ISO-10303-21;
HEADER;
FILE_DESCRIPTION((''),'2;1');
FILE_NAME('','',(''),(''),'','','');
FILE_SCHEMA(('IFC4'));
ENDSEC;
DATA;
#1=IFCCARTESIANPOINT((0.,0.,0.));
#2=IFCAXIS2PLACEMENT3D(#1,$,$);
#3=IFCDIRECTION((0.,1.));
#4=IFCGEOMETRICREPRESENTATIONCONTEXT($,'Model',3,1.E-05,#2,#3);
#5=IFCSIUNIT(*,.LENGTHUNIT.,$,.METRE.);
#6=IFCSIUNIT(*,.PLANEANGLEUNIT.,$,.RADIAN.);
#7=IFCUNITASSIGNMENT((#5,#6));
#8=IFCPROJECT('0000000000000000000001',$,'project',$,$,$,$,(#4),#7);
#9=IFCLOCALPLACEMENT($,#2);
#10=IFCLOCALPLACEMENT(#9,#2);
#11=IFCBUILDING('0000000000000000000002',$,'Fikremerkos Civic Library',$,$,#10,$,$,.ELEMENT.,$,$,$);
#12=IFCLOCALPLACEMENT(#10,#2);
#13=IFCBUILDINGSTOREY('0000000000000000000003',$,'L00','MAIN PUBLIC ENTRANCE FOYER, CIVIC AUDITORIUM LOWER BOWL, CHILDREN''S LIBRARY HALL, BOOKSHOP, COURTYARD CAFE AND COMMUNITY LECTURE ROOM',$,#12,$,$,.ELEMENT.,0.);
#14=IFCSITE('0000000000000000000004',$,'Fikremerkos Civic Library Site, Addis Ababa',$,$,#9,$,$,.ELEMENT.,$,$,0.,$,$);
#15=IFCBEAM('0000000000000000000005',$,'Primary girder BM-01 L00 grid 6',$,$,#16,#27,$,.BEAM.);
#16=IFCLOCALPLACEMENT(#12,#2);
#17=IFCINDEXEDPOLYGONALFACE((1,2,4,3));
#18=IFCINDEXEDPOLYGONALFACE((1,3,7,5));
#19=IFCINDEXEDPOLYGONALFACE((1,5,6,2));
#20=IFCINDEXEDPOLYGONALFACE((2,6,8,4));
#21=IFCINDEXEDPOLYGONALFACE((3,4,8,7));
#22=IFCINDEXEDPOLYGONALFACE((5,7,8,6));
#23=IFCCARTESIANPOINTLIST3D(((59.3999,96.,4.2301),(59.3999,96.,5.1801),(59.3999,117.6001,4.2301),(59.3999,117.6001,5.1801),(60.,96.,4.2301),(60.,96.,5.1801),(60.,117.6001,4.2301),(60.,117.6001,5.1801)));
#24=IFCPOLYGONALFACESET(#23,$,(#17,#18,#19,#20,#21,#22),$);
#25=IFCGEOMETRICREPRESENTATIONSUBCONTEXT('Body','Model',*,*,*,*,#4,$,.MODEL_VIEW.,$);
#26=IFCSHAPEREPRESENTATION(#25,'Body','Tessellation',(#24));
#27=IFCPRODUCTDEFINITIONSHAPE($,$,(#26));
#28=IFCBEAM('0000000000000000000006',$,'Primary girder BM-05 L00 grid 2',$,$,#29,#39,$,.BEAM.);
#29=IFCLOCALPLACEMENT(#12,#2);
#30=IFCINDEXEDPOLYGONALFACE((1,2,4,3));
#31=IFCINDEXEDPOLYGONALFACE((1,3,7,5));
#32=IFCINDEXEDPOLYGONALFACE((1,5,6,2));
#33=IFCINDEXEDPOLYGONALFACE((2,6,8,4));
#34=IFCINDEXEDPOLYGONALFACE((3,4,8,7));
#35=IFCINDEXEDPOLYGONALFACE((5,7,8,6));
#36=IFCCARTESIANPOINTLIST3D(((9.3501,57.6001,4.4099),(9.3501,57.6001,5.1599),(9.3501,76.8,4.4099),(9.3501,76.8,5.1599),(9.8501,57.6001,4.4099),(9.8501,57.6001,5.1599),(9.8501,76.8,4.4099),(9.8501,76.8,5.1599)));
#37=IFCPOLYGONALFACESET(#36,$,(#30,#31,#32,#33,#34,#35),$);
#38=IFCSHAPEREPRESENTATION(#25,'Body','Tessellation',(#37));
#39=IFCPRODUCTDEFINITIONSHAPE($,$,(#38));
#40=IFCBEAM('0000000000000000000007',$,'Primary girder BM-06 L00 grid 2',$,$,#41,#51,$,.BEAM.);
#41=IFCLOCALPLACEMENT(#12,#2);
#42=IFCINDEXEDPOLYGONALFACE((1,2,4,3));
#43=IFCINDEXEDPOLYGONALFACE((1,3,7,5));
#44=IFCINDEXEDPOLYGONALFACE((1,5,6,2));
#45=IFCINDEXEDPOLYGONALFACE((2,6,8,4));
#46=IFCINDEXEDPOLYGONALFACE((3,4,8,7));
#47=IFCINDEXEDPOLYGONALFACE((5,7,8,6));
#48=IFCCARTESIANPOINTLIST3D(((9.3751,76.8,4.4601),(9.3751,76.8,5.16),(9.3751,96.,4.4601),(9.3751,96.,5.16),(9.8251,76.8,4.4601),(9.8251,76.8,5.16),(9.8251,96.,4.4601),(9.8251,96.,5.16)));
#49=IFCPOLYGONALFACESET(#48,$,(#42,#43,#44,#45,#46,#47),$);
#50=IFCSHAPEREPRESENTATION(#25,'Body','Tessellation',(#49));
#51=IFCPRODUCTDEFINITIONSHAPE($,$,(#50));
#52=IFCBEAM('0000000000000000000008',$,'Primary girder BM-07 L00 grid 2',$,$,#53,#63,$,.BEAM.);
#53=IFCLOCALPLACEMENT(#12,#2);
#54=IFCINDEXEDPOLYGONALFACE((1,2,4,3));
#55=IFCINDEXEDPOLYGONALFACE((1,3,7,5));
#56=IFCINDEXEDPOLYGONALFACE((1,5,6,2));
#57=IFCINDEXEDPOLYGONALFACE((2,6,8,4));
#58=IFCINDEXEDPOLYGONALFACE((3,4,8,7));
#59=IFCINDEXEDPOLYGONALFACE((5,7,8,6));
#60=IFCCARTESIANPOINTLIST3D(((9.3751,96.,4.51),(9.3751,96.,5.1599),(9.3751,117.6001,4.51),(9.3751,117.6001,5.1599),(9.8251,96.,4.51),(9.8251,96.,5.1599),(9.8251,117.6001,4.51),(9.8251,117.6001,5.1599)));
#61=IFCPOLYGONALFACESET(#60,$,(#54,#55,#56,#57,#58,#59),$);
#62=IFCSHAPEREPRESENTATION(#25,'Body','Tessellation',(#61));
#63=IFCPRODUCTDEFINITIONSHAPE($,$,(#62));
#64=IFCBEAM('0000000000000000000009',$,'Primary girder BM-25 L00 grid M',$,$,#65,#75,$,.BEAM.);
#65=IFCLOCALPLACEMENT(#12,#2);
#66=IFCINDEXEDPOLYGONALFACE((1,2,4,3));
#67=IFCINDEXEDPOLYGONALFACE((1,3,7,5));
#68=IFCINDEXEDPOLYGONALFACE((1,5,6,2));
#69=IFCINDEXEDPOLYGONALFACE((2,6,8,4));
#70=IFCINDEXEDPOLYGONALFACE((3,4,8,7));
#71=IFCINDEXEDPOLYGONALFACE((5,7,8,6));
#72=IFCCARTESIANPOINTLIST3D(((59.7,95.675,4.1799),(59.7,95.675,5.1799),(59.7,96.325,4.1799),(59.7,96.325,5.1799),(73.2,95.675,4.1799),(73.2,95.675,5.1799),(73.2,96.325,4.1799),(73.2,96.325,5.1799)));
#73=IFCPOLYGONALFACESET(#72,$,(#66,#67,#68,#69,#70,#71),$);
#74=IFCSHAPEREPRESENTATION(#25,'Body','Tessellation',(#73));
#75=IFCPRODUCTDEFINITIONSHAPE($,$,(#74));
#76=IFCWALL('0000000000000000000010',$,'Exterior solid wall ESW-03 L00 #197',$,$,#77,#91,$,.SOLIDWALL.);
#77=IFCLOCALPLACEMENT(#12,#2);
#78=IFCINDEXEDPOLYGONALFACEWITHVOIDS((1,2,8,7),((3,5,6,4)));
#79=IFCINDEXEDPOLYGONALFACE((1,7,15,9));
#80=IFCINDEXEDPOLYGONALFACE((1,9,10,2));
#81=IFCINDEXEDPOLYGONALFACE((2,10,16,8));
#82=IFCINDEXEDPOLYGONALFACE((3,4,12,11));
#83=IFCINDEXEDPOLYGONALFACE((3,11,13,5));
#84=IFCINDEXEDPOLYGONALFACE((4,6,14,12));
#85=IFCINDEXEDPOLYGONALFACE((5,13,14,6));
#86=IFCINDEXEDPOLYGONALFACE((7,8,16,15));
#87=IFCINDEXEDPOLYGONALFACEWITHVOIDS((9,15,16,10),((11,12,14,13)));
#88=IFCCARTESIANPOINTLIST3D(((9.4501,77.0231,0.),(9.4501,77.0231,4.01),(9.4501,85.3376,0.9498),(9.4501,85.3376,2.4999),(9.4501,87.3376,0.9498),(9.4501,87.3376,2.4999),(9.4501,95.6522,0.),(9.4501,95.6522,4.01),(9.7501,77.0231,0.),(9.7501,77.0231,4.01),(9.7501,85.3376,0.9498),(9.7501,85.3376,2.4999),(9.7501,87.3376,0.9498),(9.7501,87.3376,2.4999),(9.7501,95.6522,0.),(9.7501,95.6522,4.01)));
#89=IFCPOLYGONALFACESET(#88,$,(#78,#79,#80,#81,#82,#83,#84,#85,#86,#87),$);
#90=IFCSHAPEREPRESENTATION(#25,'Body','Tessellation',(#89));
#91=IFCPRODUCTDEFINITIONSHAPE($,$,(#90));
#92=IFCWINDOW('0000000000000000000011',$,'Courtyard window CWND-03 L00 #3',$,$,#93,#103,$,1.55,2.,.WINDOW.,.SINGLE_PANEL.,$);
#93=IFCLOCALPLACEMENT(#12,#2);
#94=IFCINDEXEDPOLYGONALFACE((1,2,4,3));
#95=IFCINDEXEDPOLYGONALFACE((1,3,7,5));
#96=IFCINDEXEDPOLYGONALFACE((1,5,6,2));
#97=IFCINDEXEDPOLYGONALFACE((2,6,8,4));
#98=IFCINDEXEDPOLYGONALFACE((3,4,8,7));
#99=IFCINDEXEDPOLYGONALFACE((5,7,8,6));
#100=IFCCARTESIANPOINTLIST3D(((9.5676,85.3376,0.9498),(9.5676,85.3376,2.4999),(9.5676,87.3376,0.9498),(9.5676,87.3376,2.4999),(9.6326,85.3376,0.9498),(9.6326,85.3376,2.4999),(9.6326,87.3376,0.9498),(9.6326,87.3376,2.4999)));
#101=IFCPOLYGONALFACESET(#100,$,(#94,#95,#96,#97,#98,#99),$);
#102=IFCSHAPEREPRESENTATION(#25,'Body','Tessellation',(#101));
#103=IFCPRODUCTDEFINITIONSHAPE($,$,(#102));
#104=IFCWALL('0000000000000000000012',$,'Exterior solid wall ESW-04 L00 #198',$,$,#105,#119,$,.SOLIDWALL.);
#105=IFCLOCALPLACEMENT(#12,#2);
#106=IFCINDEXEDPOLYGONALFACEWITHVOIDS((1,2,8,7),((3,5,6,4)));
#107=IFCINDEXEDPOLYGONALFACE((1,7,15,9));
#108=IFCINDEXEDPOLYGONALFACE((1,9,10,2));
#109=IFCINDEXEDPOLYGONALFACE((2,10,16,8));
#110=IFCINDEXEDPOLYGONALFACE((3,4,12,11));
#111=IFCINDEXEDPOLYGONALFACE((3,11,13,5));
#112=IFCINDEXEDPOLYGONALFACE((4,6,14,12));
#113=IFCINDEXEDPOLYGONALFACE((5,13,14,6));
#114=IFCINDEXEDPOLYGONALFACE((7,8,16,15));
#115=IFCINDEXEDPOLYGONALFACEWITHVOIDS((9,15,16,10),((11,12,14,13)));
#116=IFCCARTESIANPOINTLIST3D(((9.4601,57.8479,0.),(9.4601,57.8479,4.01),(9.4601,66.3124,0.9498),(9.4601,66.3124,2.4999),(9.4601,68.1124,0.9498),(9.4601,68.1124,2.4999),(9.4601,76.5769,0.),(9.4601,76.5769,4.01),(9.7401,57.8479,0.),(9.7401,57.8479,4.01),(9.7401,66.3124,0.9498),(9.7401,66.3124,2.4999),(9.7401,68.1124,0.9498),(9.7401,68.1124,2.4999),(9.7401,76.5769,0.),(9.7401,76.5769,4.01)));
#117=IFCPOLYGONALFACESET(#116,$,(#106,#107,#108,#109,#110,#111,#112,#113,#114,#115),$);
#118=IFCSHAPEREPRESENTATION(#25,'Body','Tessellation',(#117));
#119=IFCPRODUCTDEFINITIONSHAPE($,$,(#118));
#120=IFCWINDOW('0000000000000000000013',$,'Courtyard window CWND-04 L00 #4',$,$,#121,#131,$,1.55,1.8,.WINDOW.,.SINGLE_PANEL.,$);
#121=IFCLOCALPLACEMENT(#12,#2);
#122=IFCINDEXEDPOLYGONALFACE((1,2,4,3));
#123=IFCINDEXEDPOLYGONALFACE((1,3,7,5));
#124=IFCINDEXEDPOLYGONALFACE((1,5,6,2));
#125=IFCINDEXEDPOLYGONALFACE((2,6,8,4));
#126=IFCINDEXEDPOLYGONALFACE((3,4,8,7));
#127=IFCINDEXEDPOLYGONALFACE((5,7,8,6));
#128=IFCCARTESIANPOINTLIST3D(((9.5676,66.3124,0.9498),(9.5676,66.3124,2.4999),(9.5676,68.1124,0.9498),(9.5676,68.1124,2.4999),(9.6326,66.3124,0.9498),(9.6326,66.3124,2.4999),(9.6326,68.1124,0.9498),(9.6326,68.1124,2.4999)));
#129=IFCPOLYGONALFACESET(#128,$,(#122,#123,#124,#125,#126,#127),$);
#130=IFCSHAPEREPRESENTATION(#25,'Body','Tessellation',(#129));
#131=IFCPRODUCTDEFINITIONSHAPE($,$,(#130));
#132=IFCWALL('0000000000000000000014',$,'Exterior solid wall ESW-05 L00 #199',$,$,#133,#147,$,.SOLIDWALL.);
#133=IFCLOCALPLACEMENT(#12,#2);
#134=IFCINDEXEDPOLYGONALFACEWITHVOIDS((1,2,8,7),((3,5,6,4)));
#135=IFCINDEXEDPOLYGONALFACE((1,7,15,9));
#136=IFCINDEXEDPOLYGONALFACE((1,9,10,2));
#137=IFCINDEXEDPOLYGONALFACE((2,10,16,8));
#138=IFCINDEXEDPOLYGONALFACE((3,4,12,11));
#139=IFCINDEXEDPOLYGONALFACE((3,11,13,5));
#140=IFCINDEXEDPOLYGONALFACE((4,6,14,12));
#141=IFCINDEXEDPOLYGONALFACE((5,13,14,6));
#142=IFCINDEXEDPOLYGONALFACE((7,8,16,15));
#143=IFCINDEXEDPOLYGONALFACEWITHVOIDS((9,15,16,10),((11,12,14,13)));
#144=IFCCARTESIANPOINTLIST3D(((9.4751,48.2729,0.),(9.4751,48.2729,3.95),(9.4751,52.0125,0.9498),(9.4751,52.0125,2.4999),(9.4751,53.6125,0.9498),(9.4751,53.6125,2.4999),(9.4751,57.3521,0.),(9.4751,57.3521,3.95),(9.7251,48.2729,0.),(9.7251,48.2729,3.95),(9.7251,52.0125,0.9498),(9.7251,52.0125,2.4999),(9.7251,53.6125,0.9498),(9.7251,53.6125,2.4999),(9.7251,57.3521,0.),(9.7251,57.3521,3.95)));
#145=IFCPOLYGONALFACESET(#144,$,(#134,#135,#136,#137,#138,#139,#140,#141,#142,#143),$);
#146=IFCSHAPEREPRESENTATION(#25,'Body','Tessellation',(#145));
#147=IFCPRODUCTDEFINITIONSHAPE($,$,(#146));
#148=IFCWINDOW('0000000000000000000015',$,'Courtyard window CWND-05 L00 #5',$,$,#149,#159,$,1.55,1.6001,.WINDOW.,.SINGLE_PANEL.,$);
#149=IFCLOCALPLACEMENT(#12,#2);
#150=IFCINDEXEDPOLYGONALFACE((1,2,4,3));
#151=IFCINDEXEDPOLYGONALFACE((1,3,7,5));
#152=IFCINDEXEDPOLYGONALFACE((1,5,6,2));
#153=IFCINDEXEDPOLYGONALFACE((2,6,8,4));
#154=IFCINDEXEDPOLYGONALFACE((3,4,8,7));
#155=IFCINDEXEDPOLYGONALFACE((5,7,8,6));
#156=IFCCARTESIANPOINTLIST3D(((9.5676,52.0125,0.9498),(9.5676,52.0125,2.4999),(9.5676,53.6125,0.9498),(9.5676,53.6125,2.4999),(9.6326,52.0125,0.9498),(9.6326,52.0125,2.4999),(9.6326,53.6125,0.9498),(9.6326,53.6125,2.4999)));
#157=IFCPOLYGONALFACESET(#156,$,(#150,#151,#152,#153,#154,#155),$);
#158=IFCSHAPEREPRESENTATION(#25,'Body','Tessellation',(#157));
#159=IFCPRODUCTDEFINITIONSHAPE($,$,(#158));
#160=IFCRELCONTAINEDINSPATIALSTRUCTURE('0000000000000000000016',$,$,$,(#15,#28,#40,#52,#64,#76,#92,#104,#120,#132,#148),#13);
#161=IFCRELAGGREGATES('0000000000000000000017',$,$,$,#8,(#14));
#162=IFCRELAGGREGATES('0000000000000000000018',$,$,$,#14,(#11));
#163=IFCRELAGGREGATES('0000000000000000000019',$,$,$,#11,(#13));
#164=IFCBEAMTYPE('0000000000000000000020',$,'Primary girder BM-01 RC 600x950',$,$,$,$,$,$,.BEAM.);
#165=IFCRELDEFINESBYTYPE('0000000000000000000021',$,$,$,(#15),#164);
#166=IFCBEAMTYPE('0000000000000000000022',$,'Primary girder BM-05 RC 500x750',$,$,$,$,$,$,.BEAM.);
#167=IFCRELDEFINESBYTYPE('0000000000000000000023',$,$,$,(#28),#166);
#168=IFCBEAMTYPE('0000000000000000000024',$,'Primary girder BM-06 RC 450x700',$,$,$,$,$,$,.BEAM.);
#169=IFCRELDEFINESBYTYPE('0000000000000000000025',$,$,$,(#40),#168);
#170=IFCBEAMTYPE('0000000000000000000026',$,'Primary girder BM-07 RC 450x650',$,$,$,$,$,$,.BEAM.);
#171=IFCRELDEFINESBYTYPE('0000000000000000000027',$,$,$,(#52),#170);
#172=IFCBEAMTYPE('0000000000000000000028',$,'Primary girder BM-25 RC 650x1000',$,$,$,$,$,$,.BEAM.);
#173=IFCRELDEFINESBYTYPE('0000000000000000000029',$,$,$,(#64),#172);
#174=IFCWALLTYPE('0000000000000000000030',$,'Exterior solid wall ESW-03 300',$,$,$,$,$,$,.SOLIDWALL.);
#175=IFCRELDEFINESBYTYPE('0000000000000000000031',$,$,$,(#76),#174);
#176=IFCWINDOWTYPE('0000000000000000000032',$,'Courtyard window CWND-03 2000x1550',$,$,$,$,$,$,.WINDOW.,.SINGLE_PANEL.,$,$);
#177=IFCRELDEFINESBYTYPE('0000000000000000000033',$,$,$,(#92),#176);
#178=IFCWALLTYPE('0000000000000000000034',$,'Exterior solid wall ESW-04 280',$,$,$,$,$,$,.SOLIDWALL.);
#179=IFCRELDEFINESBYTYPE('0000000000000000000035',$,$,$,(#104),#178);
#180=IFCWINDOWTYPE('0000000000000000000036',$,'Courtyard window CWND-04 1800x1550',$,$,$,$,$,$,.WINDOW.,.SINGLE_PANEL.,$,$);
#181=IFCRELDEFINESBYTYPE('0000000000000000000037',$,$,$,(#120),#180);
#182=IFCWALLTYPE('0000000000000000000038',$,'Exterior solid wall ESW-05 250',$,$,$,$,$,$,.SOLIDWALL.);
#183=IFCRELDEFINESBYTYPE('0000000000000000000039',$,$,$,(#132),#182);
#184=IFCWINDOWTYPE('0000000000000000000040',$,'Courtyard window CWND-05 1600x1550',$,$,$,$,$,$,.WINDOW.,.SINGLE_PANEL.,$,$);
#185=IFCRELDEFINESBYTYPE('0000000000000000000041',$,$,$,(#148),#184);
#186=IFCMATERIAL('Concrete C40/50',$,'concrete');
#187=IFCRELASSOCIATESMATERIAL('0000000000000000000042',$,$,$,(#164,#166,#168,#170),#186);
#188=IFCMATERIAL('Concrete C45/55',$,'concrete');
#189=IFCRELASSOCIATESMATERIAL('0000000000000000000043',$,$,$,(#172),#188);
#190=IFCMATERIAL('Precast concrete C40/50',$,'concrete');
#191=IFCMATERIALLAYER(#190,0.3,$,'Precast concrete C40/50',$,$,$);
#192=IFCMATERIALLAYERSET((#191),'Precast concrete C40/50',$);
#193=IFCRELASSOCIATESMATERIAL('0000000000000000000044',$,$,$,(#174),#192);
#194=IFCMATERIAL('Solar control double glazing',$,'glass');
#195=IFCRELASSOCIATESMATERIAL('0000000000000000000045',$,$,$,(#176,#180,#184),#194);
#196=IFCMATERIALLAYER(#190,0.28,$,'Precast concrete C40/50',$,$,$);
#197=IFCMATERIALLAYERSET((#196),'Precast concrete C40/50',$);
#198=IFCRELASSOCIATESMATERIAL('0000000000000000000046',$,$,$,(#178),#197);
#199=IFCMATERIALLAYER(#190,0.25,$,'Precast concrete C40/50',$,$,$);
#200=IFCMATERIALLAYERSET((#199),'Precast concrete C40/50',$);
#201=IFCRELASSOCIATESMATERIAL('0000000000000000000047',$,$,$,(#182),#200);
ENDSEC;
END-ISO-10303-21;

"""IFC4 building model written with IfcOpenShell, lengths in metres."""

from ifc_helpers import new_model, si_unit, direction, frame, frame_2d, origin, origin_2d, place, context, subcontext, project, spatial, rectangle, extrude, material, layer, layer_set, material_profile, profile_set, type_object, element, fill, save


model = new_model("IFC4")

# Units and contexts
model_context = context("Model", 3, precision=1e-05, world=origin(), true_north=direction((0.0, 1.0)))
body_context = subcontext(model_context, "Body", "Model", "MODEL_VIEW")
ifc_project = project(units=[si_unit("LENGTHUNIT", "METRE"), si_unit("PLANEANGLEUNIT", "RADIAN")], contexts=[model_context])

# Site, building, storey
site_placement = place(None, origin())
site = spatial("IfcSite", under=ifc_project, at=site_placement, Name="Fikremerkos Civic Library Site, Addis Ababa", CompositionType="ELEMENT", RefElevation=0.0)
building_placement = place(site_placement, origin())
building = spatial("IfcBuilding", under=site, at=building_placement, Name="Fikremerkos Civic Library", CompositionType="ELEMENT")
storey_placement = place(building_placement, origin())
storey = spatial("IfcBuildingStorey", under=building, at=storey_placement, Name="L00", Description="MAIN PUBLIC ENTRANCE FOYER, CIVIC AUDITORIUM LOWER BOWL, CHILDREN'S LIBRARY HALL, BOOKSHOP, COURTYARD CAFE AND COMMUNITY LECTURE ROOM", CompositionType="ELEMENT", Elevation=0.0)

# Shared definitions
ifc_material_1 = material(Name="Concrete C40/50", Category="concrete")

# Beams
ifc_material_profile_1 = material_profile(ifc_material_1, rectangle(XDim=0.6001, YDim=0.95, at=origin_2d()), Name="RC 600x950")
ifc_profile_set_1 = profile_set([ifc_material_profile_1], Name="Concrete C40/50")
beam_type_1 = type_object("IfcBeamType", Name="Primary girder BM-01 RC 600x950", PredefinedType="BEAM", material=ifc_profile_set_1)
beam_1_placement = place(storey_placement, frame((59.7, 96.0, 4.7051), z_axis=(0.0, 1.0, 0.0), x_axis=(-1.0, 0.0, 0.0)))
element("IfcBeam", 1, at=beam_1_placement, inside=storey, type_object=beam_type_1, Name="Primary girder BM-01 L00 grid 6", PredefinedType="BEAM", context=body_context, shape_type="SweptSolid", body=[
    extrude(rectangle(XDim=0.6001, YDim=0.95, at=origin_2d()), origin(), (0.0, 0.0, 1.0), 21.6001),
])
ifc_material_profile_2 = material_profile(ifc_material_1, rectangle(XDim=0.5, YDim=0.75, at=origin_2d()), Name="RC 500x750")
ifc_profile_set_2 = profile_set([ifc_material_profile_2], Name="Concrete C40/50")
beam_type_2 = type_object("IfcBeamType", Name="Primary girder BM-05 RC 500x750", PredefinedType="BEAM", material=ifc_profile_set_2)
beam_2_placement = place(storey_placement, frame((9.6001, 57.6001, 4.7849), z_axis=(0.0, 1.0, 0.0), x_axis=(-1.0, 0.0, 0.0)))
element("IfcBeam", 2, at=beam_2_placement, inside=storey, type_object=beam_type_2, Name="Primary girder BM-05 L00 grid 2", PredefinedType="BEAM", context=body_context, shape_type="SweptSolid", body=[
    extrude(rectangle(XDim=0.5, YDim=0.75, at=origin_2d()), origin(), (0.0, 0.0, 1.0), 19.2),
])
ifc_material_profile_3 = material_profile(ifc_material_1, rectangle(XDim=0.45, YDim=0.7, at=origin_2d()), Name="RC 450x700")
ifc_profile_set_3 = profile_set([ifc_material_profile_3], Name="Concrete C40/50")
beam_type_3 = type_object("IfcBeamType", Name="Primary girder BM-06 RC 450x700", PredefinedType="BEAM", material=ifc_profile_set_3)
beam_3_placement = place(storey_placement, frame((9.6001, 76.8, 4.8101), z_axis=(0.0, 1.0, 0.0), x_axis=(-1.0, 0.0, 0.0)))
element("IfcBeam", 3, at=beam_3_placement, inside=storey, type_object=beam_type_3, Name="Primary girder BM-06 L00 grid 2", PredefinedType="BEAM", context=body_context, shape_type="SweptSolid", body=[
    extrude(rectangle(XDim=0.45, YDim=0.7, at=origin_2d()), origin(), (0.0, 0.0, 1.0), 19.2),
])
ifc_material_profile_4 = material_profile(ifc_material_1, rectangle(XDim=0.45, YDim=0.6499, at=origin_2d()), Name="RC 450x650")
ifc_profile_set_4 = profile_set([ifc_material_profile_4], Name="Concrete C40/50")
beam_type_4 = type_object("IfcBeamType", Name="Primary girder BM-07 RC 450x650", PredefinedType="BEAM", material=ifc_profile_set_4)
beam_4_placement = place(storey_placement, frame((9.6001, 96.0, 4.835), z_axis=(0.0, 1.0, 0.0), x_axis=(-1.0, 0.0, 0.0)))
element("IfcBeam", 4, at=beam_4_placement, inside=storey, type_object=beam_type_4, Name="Primary girder BM-07 L00 grid 2", PredefinedType="BEAM", context=body_context, shape_type="SweptSolid", body=[
    extrude(rectangle(XDim=0.45, YDim=0.6499, at=origin_2d()), origin(), (0.0, 0.0, 1.0), 21.6001),
])
ifc_material_2 = material(Name="Concrete C45/55", Category="concrete")
ifc_material_profile_5 = material_profile(ifc_material_2, rectangle(XDim=0.6499, YDim=1.0, at=origin_2d()), Name="RC 650x1000")
ifc_profile_set_5 = profile_set([ifc_material_profile_5], Name="Concrete C45/55")
beam_type_5 = type_object("IfcBeamType", Name="Primary girder BM-25 RC 650x1000", PredefinedType="BEAM", material=ifc_profile_set_5)
beam_5_placement = place(storey_placement, frame((59.7, 96.0, 4.6799), z_axis=(1.0, 0.0, 0.0), x_axis=(0.0, 1.0, 0.0)))
element("IfcBeam", 5, at=beam_5_placement, inside=storey, type_object=beam_type_5, Name="Primary girder BM-25 L00 grid M", PredefinedType="BEAM", context=body_context, shape_type="SweptSolid", body=[
    extrude(rectangle(XDim=0.6499, YDim=1.0, at=origin_2d()), origin(), (0.0, 0.0, 1.0), 13.5),
])

# Walls, openings, windows
ifc_material_3 = material(Name="Precast concrete C40/50", Category="concrete")
ifc_layer_1 = layer(ifc_material_3, 0.3, Name="Precast concrete C40/50")
ifc_layer_set_1 = layer_set([ifc_layer_1], Name="Precast concrete C40/50")
wall_type_1 = type_object("IfcWallType", Name="Exterior solid wall ESW-03 300", PredefinedType="SOLIDWALL", material=ifc_layer_set_1)
wall_1_placement = place(storey_placement, frame((9.6001, 95.6521, 0.0), z_axis=(0.0, 0.0, 1.0), x_axis=(0.0, -1.0, 0.0)))
wall_1 = element("IfcWall", 6, at=wall_1_placement, inside=storey, type_object=wall_type_1, Name="Exterior solid wall ESW-03 L00 #197", PredefinedType="SOLIDWALL", context=body_context, shape_type="SweptSolid", body=[
    extrude(rectangle(XDim=18.6292, YDim=0.3, at=frame_2d((9.3145, 0.0))), origin(), (0.0, 0.0, 1.0), 4.01),
])
opening_1_placement = place(wall_1_placement, frame((8.3145, 0.0, 0.95)))
opening_1 = element("IfcOpeningElement", 7, at=opening_1_placement, cuts=wall_1, PredefinedType="OPENING", context=body_context, shape_type="SweptSolid", body=[
    extrude(rectangle(XDim=2.0, YDim=1.55, at=frame_2d((1.0, 0.7749))), frame((0.0, 0.1599, 0.0), z_axis=(0.0, -1.0, 0.0), x_axis=(1.0, 0.0, 0.0)), (0.0, 0.0, 1.0), 0.3201),
])
ifc_material_4 = material(Name="Solar control double glazing", Category="glass")
window_type_1 = type_object("IfcWindowType", Name="Courtyard window CWND-03 2000x1550", PartitioningType="SINGLE_PANEL", PredefinedType="WINDOW", material=ifc_material_4)
window_1_placement = place(opening_1_placement, origin())
window_1 = element("IfcWindow", 8, at=window_1_placement, inside=storey, type_object=window_type_1, Name="Courtyard window CWND-03 L00 #3", OverallHeight=1.55, OverallWidth=2.0, PartitioningType="SINGLE_PANEL", PredefinedType="WINDOW", context=body_context, shape_type="SweptSolid", body=[
    extrude(rectangle(XDim=2.0, YDim=1.55, at=frame_2d((1.0, 0.7749))), frame((0.0, 0.0325, 0.0), z_axis=(0.0, -1.0, 0.0), x_axis=(1.0, 0.0, 0.0)), (0.0, 0.0, 1.0), 0.0649),
])
fill(opening_1, window_1)
ifc_layer_2 = layer(ifc_material_3, 0.28, Name="Precast concrete C40/50")
ifc_layer_set_2 = layer_set([ifc_layer_2], Name="Precast concrete C40/50")
wall_type_2 = type_object("IfcWallType", Name="Exterior solid wall ESW-04 280", PredefinedType="SOLIDWALL", material=ifc_layer_set_2)
wall_2_placement = place(storey_placement, frame((9.6001, 76.5769, 0.0), z_axis=(0.0, 0.0, 1.0), x_axis=(0.0, -1.0, 0.0)))
wall_2 = element("IfcWall", 9, at=wall_2_placement, inside=storey, type_object=wall_type_2, Name="Exterior solid wall ESW-04 L00 #198", PredefinedType="SOLIDWALL", context=body_context, shape_type="SweptSolid", body=[
    extrude(rectangle(XDim=18.729, YDim=0.28, at=frame_2d((9.3645, 0.0))), origin(), (0.0, 0.0, 1.0), 4.01),
])
opening_2_placement = place(wall_2_placement, frame((8.4646, 0.0, 0.95)))
opening_2 = element("IfcOpeningElement", 10, at=opening_2_placement, cuts=wall_2, PredefinedType="OPENING", context=body_context, shape_type="SweptSolid", body=[
    extrude(rectangle(XDim=1.8, YDim=1.55, at=frame_2d((0.8999, 0.7749))), frame((0.0, 0.1499, 0.0), z_axis=(0.0, -1.0, 0.0), x_axis=(1.0, 0.0, 0.0)), (0.0, 0.0, 1.0), 0.3),
])
window_type_2 = type_object("IfcWindowType", Name="Courtyard window CWND-04 1800x1550", PartitioningType="SINGLE_PANEL", PredefinedType="WINDOW", material=ifc_material_4)
window_2_placement = place(opening_2_placement, origin())
window_2 = element("IfcWindow", 11, at=window_2_placement, inside=storey, type_object=window_type_2, Name="Courtyard window CWND-04 L00 #4", OverallHeight=1.55, OverallWidth=1.8, PartitioningType="SINGLE_PANEL", PredefinedType="WINDOW", context=body_context, shape_type="SweptSolid", body=[
    extrude(rectangle(XDim=1.8, YDim=1.55, at=frame_2d((0.8999, 0.7749))), frame((0.0, 0.0325, 0.0), z_axis=(0.0, -1.0, 0.0), x_axis=(1.0, 0.0, 0.0)), (0.0, 0.0, 1.0), 0.0649),
])
fill(opening_2, window_2)
ifc_layer_3 = layer(ifc_material_3, 0.25, Name="Precast concrete C40/50")
ifc_layer_set_3 = layer_set([ifc_layer_3], Name="Precast concrete C40/50")
wall_type_3 = type_object("IfcWallType", Name="Exterior solid wall ESW-05 250", PredefinedType="SOLIDWALL", material=ifc_layer_set_3)
wall_3_placement = place(storey_placement, frame((9.6001, 57.3521, 0.0), z_axis=(0.0, 0.0, 1.0), x_axis=(0.0, -1.0, 0.0)))
wall_3 = element("IfcWall", 12, at=wall_3_placement, inside=storey, type_object=wall_type_3, Name="Exterior solid wall ESW-05 L00 #199", PredefinedType="SOLIDWALL", context=body_context, shape_type="SweptSolid", body=[
    extrude(rectangle(XDim=9.0791, YDim=0.25, at=frame_2d((4.5396, 0.0))), origin(), (0.0, 0.0, 1.0), 3.95),
])
opening_3_placement = place(wall_3_placement, frame((3.7395, 0.0, 0.95)))
opening_3 = element("IfcOpeningElement", 13, at=opening_3_placement, cuts=wall_3, PredefinedType="OPENING", context=body_context, shape_type="SweptSolid", body=[
    extrude(rectangle(XDim=1.6001, YDim=1.55, at=frame_2d((0.8, 0.7749))), frame((0.0, 0.135, 0.0), z_axis=(0.0, -1.0, 0.0), x_axis=(1.0, 0.0, 0.0)), (0.0, 0.0, 1.0), 0.27),
])
window_type_3 = type_object("IfcWindowType", Name="Courtyard window CWND-05 1600x1550", PartitioningType="SINGLE_PANEL", PredefinedType="WINDOW", material=ifc_material_4)
window_3_placement = place(opening_3_placement, origin())
window_3 = element("IfcWindow", 14, at=window_3_placement, inside=storey, type_object=window_type_3, Name="Courtyard window CWND-05 L00 #5", OverallHeight=1.55, OverallWidth=1.6001, PartitioningType="SINGLE_PANEL", PredefinedType="WINDOW", context=body_context, shape_type="SweptSolid", body=[
    extrude(rectangle(XDim=1.6001, YDim=1.55, at=frame_2d((0.8, 0.7749))), frame((0.0, 0.0325, 0.0), z_axis=(0.0, -1.0, 0.0), x_axis=(1.0, 0.0, 0.0)), (0.0, 0.0, 1.0), 0.0649),
])
fill(opening_3, window_3)

save(model, "model.ifc")
